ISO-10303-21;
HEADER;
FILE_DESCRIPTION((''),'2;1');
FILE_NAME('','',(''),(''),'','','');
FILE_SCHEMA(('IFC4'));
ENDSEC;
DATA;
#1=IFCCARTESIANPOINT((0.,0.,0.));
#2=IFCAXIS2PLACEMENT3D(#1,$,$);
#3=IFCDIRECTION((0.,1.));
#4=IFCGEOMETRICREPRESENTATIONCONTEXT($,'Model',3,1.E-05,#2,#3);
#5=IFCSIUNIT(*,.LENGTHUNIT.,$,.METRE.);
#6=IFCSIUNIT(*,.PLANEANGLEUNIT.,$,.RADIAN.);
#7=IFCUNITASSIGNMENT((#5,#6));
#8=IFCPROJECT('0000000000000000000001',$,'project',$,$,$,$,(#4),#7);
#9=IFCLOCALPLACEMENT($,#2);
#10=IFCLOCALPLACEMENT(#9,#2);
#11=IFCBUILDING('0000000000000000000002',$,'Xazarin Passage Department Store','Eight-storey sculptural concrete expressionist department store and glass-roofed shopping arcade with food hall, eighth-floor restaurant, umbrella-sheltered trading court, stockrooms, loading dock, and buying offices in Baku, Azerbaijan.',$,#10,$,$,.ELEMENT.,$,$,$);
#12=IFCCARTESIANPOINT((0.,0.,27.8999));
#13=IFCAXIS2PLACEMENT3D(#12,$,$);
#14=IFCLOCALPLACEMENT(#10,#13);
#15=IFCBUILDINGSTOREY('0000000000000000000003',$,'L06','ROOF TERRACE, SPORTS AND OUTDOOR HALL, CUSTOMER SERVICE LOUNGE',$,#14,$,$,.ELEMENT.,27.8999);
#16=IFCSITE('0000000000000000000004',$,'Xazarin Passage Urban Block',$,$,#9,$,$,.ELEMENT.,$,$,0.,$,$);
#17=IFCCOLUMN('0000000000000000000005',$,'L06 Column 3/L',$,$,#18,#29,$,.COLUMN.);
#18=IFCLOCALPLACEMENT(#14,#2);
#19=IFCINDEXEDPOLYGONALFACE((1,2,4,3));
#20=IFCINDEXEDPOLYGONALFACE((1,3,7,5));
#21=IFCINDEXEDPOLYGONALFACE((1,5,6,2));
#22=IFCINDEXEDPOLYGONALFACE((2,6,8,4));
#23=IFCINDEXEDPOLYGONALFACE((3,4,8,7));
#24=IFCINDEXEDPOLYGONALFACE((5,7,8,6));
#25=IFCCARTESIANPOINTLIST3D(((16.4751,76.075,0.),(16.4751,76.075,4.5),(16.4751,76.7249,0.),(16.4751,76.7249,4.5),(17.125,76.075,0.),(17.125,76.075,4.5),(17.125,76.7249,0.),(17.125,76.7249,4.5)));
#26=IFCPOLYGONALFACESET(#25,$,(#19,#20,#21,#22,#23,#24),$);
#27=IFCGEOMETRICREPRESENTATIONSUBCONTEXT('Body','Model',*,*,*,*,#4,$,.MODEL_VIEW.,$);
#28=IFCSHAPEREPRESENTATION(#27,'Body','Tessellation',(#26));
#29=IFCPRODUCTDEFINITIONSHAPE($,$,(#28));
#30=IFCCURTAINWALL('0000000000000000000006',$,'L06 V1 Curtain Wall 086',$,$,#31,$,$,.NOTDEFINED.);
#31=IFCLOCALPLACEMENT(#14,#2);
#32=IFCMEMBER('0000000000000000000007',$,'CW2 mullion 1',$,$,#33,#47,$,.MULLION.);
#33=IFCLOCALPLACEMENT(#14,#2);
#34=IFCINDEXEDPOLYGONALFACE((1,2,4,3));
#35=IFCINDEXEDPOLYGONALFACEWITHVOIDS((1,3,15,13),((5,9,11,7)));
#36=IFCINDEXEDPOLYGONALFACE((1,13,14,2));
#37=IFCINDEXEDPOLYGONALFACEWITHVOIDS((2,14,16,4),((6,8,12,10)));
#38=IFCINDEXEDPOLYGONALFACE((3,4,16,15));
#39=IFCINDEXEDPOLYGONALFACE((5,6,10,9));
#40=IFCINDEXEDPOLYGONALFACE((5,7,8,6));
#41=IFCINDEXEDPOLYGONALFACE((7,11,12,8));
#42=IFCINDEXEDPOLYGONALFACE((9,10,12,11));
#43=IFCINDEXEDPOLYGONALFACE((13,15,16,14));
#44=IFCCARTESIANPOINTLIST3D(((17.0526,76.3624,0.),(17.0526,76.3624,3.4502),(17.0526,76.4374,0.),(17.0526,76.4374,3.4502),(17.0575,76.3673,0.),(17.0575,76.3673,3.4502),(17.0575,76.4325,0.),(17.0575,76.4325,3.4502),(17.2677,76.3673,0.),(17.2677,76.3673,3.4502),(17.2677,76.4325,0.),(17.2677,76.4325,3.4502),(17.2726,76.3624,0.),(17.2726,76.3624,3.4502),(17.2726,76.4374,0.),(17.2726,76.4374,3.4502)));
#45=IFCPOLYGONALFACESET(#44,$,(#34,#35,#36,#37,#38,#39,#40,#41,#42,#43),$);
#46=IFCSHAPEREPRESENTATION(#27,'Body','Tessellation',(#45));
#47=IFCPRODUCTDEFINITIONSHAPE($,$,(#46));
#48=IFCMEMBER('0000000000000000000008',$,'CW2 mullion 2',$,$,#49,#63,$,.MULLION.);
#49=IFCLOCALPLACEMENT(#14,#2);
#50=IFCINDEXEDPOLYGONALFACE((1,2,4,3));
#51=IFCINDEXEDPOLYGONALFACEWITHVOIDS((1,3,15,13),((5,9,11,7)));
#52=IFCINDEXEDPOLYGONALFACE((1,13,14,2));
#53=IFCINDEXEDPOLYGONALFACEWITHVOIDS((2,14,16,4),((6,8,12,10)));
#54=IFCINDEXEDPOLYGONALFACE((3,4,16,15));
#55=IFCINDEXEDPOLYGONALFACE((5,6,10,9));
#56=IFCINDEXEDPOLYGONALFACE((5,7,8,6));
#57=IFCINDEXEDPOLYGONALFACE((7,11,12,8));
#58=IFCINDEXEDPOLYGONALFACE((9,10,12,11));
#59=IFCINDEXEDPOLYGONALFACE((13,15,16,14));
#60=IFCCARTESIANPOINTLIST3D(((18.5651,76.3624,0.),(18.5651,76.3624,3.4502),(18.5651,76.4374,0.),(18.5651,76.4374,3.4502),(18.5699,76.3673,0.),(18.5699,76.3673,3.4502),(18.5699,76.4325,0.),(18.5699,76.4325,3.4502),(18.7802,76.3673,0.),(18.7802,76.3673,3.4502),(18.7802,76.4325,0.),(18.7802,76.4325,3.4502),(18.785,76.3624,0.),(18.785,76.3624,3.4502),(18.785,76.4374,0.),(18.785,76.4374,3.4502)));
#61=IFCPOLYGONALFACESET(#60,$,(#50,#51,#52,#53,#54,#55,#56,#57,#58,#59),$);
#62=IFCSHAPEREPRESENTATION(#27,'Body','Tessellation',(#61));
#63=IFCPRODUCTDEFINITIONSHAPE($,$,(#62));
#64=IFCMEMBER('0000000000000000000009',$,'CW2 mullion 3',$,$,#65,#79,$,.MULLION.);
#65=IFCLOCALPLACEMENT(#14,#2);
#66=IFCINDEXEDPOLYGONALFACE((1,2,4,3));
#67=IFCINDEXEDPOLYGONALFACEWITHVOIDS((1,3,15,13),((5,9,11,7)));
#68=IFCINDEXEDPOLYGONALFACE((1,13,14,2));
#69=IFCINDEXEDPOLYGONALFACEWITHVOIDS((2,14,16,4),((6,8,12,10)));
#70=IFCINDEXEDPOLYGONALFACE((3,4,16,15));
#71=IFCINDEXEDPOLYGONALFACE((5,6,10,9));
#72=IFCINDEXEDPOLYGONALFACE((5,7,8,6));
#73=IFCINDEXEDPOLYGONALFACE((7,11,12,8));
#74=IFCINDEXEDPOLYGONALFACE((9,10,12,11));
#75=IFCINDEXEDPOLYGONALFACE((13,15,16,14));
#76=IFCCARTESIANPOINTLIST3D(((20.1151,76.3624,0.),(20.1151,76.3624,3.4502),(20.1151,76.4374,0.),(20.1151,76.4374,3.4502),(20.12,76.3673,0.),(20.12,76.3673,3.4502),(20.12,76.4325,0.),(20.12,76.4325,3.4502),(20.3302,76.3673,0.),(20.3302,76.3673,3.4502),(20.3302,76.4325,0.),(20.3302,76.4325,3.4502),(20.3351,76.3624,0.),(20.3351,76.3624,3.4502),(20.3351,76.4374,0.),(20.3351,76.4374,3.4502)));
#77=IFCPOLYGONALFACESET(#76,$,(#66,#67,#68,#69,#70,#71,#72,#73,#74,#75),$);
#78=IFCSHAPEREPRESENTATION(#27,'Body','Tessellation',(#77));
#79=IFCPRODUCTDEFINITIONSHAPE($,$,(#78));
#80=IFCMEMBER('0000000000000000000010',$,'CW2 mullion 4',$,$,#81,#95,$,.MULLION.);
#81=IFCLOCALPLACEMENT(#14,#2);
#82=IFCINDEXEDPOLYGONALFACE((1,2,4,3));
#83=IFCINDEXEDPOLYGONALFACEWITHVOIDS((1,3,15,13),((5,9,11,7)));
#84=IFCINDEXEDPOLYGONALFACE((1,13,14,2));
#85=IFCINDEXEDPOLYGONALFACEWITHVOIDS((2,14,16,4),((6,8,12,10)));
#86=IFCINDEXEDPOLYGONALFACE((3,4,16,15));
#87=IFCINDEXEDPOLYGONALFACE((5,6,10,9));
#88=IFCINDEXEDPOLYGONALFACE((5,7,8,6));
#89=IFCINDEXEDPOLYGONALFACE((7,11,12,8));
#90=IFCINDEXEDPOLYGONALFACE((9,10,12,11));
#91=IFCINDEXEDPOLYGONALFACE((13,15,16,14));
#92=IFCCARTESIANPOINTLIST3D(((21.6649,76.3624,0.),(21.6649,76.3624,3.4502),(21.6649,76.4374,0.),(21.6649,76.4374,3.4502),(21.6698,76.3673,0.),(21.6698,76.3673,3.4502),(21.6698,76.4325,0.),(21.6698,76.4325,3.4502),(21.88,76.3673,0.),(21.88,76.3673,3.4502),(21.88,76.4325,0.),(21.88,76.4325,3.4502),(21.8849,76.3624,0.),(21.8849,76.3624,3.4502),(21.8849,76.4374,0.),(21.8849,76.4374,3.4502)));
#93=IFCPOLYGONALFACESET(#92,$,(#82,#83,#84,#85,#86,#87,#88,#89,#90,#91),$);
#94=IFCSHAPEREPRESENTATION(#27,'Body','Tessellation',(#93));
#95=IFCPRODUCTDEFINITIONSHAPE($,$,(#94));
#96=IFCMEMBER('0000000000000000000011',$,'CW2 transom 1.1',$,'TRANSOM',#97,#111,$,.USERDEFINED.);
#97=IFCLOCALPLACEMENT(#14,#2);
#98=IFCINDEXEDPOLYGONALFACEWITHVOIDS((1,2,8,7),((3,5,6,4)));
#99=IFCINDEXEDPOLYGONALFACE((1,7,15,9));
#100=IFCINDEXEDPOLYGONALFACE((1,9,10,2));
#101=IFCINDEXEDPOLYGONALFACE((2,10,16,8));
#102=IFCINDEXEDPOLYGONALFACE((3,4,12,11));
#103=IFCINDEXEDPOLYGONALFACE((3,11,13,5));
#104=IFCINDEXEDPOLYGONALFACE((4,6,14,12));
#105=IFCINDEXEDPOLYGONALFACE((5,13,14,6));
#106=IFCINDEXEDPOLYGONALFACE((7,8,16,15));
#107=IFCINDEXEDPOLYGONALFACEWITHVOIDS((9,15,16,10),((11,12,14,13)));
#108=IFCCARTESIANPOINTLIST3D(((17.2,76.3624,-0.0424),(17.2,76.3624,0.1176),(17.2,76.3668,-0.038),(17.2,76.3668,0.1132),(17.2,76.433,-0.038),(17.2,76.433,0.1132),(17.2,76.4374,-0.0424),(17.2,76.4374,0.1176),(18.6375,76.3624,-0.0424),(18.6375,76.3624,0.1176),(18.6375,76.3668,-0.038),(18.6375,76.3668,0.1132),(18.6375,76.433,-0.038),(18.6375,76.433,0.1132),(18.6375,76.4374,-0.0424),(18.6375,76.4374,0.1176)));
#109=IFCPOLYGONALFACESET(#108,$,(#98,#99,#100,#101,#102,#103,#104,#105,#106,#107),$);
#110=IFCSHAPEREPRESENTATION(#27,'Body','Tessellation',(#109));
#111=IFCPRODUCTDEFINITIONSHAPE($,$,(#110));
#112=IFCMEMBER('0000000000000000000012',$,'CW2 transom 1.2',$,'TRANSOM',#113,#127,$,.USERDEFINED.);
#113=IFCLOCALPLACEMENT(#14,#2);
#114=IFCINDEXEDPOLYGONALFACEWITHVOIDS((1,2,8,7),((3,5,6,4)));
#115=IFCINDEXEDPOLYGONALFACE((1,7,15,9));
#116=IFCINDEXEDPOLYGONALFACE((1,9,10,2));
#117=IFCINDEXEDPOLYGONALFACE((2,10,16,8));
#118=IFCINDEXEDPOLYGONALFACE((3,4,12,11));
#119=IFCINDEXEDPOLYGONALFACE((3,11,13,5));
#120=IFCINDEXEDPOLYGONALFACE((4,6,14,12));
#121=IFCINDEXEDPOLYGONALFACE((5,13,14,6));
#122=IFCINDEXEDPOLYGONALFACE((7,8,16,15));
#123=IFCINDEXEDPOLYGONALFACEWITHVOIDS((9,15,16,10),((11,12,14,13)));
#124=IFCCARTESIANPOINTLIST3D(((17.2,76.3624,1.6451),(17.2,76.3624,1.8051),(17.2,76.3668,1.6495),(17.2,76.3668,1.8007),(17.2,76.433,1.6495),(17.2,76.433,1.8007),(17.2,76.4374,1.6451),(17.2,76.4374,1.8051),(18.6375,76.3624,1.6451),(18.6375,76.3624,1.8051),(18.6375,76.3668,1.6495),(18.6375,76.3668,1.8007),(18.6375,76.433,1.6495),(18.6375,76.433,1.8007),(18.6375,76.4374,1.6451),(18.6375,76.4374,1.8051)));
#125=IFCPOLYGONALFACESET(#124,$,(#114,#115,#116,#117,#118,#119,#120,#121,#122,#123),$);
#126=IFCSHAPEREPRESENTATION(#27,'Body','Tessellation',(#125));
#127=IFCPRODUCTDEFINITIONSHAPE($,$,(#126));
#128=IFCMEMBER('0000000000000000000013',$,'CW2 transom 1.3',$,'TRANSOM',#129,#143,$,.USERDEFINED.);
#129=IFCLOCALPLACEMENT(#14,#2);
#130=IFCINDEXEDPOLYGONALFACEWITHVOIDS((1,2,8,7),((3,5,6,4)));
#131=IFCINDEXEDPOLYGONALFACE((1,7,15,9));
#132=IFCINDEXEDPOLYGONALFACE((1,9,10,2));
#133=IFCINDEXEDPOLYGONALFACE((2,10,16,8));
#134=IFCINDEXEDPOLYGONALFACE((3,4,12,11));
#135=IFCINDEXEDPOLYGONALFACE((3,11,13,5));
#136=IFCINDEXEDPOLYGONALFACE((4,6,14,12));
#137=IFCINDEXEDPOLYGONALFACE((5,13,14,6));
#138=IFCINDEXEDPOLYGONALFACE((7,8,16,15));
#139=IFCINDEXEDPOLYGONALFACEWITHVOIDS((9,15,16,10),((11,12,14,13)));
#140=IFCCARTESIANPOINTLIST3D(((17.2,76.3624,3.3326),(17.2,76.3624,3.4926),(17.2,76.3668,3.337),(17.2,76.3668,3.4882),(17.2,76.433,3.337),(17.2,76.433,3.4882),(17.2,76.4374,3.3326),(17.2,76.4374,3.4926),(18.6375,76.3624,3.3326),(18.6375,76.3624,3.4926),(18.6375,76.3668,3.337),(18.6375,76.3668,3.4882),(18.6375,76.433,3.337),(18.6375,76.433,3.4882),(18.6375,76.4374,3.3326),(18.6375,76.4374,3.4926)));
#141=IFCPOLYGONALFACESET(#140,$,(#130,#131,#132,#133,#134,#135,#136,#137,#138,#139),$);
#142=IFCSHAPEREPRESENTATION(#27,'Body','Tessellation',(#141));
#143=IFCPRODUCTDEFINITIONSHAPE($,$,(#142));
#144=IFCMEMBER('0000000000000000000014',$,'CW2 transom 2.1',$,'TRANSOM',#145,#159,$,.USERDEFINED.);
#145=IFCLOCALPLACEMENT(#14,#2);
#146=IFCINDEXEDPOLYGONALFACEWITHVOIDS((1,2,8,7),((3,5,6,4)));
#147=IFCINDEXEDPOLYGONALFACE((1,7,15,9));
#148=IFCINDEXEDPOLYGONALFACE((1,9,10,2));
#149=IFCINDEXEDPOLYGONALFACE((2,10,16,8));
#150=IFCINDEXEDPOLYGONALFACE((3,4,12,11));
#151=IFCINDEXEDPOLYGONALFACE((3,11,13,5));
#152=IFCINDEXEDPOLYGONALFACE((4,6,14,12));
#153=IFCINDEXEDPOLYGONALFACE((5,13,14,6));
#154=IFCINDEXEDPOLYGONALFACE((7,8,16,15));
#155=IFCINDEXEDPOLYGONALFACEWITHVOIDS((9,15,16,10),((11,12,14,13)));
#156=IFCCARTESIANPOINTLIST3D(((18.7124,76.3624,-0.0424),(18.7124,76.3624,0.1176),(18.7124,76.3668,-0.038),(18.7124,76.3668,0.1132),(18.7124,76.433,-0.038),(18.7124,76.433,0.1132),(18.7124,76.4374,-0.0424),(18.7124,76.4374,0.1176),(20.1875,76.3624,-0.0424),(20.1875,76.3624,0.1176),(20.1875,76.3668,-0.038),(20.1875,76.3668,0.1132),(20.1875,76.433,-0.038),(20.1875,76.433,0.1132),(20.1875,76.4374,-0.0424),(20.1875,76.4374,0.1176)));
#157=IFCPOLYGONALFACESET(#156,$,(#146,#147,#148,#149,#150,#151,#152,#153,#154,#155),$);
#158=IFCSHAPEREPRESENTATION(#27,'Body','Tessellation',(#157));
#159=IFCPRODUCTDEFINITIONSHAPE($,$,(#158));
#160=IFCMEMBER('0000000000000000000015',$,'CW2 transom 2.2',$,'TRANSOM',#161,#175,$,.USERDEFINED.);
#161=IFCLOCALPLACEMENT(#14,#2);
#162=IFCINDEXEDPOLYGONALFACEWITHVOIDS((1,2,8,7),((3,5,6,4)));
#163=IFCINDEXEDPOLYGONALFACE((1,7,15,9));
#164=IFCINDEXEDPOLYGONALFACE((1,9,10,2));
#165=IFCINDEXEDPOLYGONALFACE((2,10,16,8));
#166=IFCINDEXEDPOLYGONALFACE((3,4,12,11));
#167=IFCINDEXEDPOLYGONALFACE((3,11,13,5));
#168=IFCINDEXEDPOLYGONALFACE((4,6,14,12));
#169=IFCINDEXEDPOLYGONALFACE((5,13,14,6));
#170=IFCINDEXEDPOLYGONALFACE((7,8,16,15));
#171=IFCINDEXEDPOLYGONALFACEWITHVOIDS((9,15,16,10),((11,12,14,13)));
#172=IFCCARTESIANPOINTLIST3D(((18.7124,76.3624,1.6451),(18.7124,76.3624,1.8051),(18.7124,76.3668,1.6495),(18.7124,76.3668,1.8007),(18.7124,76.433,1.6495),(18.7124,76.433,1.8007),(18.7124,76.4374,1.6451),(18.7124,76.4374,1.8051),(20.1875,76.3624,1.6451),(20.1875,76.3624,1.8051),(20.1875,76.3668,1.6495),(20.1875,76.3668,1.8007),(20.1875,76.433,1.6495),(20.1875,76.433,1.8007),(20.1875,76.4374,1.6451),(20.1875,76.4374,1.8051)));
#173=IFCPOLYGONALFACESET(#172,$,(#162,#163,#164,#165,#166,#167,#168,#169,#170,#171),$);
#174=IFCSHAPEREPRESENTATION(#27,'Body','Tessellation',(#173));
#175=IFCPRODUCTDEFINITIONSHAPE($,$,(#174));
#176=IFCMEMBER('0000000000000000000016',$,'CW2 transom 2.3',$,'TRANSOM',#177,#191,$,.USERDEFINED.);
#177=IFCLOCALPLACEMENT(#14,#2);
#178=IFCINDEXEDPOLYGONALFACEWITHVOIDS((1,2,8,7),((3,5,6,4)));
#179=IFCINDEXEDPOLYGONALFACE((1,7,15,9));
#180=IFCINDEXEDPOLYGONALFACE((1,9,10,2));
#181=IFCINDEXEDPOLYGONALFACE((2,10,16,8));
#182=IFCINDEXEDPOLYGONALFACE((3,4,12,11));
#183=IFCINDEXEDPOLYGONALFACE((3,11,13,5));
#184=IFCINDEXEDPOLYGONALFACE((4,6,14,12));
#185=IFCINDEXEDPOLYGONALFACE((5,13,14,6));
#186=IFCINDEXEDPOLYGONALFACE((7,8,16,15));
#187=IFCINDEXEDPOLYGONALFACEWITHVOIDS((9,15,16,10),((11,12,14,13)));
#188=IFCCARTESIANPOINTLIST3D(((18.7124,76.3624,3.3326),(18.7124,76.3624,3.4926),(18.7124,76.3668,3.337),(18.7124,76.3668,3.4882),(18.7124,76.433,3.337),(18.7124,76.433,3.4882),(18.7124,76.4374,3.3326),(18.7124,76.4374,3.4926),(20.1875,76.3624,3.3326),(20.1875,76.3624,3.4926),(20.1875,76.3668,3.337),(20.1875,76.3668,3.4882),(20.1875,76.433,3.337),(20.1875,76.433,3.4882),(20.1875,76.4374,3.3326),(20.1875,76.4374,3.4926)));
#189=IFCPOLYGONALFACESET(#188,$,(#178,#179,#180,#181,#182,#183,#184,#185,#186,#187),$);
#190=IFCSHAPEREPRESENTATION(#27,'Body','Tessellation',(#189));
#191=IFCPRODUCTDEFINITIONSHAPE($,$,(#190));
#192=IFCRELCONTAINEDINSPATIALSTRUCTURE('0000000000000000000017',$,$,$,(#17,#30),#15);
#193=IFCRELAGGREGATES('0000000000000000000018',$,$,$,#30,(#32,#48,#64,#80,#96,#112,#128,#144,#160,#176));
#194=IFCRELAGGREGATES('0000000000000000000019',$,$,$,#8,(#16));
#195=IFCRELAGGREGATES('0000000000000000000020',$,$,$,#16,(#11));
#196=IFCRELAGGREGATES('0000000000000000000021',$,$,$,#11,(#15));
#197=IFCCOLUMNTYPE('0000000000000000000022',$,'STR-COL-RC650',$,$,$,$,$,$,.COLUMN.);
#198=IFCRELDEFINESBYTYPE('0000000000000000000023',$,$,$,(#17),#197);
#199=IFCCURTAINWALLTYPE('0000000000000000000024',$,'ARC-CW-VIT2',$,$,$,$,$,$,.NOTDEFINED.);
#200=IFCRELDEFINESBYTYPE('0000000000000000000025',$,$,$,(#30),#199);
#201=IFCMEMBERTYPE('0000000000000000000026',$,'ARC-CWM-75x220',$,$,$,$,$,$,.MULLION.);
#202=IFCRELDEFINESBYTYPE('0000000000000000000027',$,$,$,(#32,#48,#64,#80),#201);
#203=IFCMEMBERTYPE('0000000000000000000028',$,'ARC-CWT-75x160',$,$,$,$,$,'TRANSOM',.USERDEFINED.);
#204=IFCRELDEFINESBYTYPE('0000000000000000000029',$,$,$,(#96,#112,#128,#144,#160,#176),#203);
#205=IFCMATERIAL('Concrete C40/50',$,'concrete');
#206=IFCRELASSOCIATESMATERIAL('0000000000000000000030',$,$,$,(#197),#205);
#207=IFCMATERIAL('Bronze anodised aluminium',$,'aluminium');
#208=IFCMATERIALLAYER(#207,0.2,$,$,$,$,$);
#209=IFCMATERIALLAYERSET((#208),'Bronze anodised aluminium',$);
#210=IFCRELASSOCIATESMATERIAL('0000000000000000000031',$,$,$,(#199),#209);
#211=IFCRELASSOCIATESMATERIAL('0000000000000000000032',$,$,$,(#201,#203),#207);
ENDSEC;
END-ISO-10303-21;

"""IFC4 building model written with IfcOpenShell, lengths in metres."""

from ifc_helpers import new_model, si_unit, direction, frame, origin, origin_2d, place, context, subcontext, project, spatial, rectangle, hollow_rectangle, extrude, material, layer, layer_set, material_profile, profile_set, type_object, element, aggregate, save


model = new_model("IFC4")

# Units and contexts
model_context = context("Model", 3, precision=1e-05, world=origin(), true_north=direction((0.0, 1.0)))
body_context = subcontext(model_context, "Body", "Model", "MODEL_VIEW")
ifc_project = project(units=[si_unit("LENGTHUNIT", "METRE"), si_unit("PLANEANGLEUNIT", "RADIAN")], contexts=[model_context])

# Site, building, storey
site_placement = place(None, origin())
site = spatial("IfcSite", under=ifc_project, at=site_placement, Name="Xazarin Passage Urban Block", CompositionType="ELEMENT", RefElevation=0.0)
building_placement = place(site_placement, origin())
building = spatial("IfcBuilding", under=site, at=building_placement, Name="Xazarin Passage Department Store", Description="Eight-storey sculptural concrete expressionist department store and glass-roofed shopping arcade with food hall, eighth-floor restaurant, umbrella-sheltered trading court, stockrooms, loading dock, and buying offices in Baku, Azerbaijan.", CompositionType="ELEMENT")
storey_placement = place(building_placement, frame((0.0, 0.0, 27.8999)))
storey = spatial("IfcBuildingStorey", under=building, at=storey_placement, Name="L06", Description="ROOF TERRACE, SPORTS AND OUTDOOR HALL, CUSTOMER SERVICE LOUNGE", CompositionType="ELEMENT", Elevation=27.8999)

# Column
ifc_material_1 = material(Name="Concrete C40/50", Category="concrete")
ifc_material_profile_1 = material_profile(ifc_material_1, rectangle(XDim=0.6499, YDim=0.6499, at=origin_2d()), Name="RC 650x650")
ifc_profile_set_1 = profile_set([ifc_material_profile_1], Name="Concrete C40/50")
column_type = type_object("IfcColumnType", Name="STR-COL-RC650", PredefinedType="COLUMN", material=ifc_profile_set_1)
column_placement = place(storey_placement, frame((16.8, 76.3999, 0.0), z_axis=(0.0, 0.0, 1.0), x_axis=(1.0, 0.0, 0.0)))
element("IfcColumn", 1, at=column_placement, inside=storey, type_object=column_type, Name="L06 Column 3/L", PredefinedType="COLUMN", context=body_context, shape_type="SweptSolid", body=[
    extrude(rectangle(XDim=0.6499, YDim=0.6499, at=origin_2d()), origin(), (0.0, 0.0, 1.0), 4.5),
])

# Curtain wall, members
ifc_material_2 = material(Name="Bronze anodised aluminium", Category="aluminium")
ifc_layer_1 = layer(ifc_material_2, 0.2)
ifc_layer_set_1 = layer_set([ifc_layer_1], Name="Bronze anodised aluminium")
curtain_wall_type = type_object("IfcCurtainWallType", Name="ARC-CW-VIT2", PredefinedType="NOTDEFINED", material=ifc_layer_set_1)
curtain_wall_placement = place(storey_placement, origin())
curtain_wall = element("IfcCurtainWall", 2, at=curtain_wall_placement, inside=storey, type_object=curtain_wall_type, Name="L06 V1 Curtain Wall 086", PredefinedType="NOTDEFINED")
ifc_material_profile_2 = material_profile(ifc_material_2, hollow_rectangle(XDim=0.075, YDim=0.22, WallThickness=0.0049, at=origin_2d()), Name="ALU 75x220")
ifc_profile_set_2 = profile_set([ifc_material_profile_2], Name="Bronze anodised aluminium")
member_type_1 = type_object("IfcMemberType", Name="ARC-CWM-75x220", PredefinedType="MULLION", material=ifc_profile_set_2)
member_1_placement = place(storey_placement, frame((17.1626, 76.3999, 0.0), z_axis=(0.0, 0.0, 1.0), x_axis=(0.0, 1.0, 0.0)))
member_1 = element("IfcMember", 3, at=member_1_placement, type_object=member_type_1, Name="CW2 mullion 1", PredefinedType="MULLION", context=body_context, shape_type="SweptSolid", body=[
    extrude(hollow_rectangle(XDim=0.075, YDim=0.22, WallThickness=0.0049, at=origin_2d()), origin(), (0.0, 0.0, 1.0), 3.4502),
])
member_2_placement = place(storey_placement, frame((18.675, 76.3999, 0.0), z_axis=(0.0, 0.0, 1.0), x_axis=(0.0, 1.0, 0.0)))
member_2 = element("IfcMember", 4, at=member_2_placement, type_object=member_type_1, Name="CW2 mullion 2", PredefinedType="MULLION", context=body_context, shape_type="SweptSolid", body=[
    extrude(hollow_rectangle(XDim=0.075, YDim=0.22, WallThickness=0.0049, at=origin_2d()), origin(), (0.0, 0.0, 1.0), 3.4502),
])
member_3_placement = place(storey_placement, frame((20.2251, 76.3999, 0.0), z_axis=(0.0, 0.0, 1.0), x_axis=(0.0, 1.0, 0.0)))
member_3 = element("IfcMember", 5, at=member_3_placement, type_object=member_type_1, Name="CW2 mullion 3", PredefinedType="MULLION", context=body_context, shape_type="SweptSolid", body=[
    extrude(hollow_rectangle(XDim=0.075, YDim=0.22, WallThickness=0.0049, at=origin_2d()), origin(), (0.0, 0.0, 1.0), 3.4502),
])
member_4_placement = place(storey_placement, frame((21.7749, 76.3999, 0.0), z_axis=(0.0, 0.0, 1.0), x_axis=(0.0, 1.0, 0.0)))
member_4 = element("IfcMember", 6, at=member_4_placement, type_object=member_type_1, Name="CW2 mullion 4", PredefinedType="MULLION", context=body_context, shape_type="SweptSolid", body=[
    extrude(hollow_rectangle(XDim=0.075, YDim=0.22, WallThickness=0.0049, at=origin_2d()), origin(), (0.0, 0.0, 1.0), 3.4502),
])
ifc_material_profile_3 = material_profile(ifc_material_2, hollow_rectangle(XDim=0.075, YDim=0.1599, WallThickness=0.0044, at=origin_2d()), Name="ALU 75x160")
ifc_profile_set_3 = profile_set([ifc_material_profile_3], Name="Bronze anodised aluminium")
member_type_2 = type_object("IfcMemberType", Name="ARC-CWT-75x160", ElementType="TRANSOM", PredefinedType="USERDEFINED", material=ifc_profile_set_3)
member_5_placement = place(storey_placement, frame((17.2, 76.3999, 0.0376), z_axis=(1.0, 0.0, 0.0), x_axis=(0.0, 1.0, 0.0)))
member_5 = element("IfcMember", 7, at=member_5_placement, type_object=member_type_2, Name="CW2 transom 1.1", ObjectType="TRANSOM", PredefinedType="USERDEFINED", context=body_context, shape_type="SweptSolid", body=[
    extrude(hollow_rectangle(XDim=0.075, YDim=0.1599, WallThickness=0.0044, at=origin_2d()), origin(), (0.0, 0.0, 1.0), 1.4375),
])
member_6_placement = place(storey_placement, frame((17.2, 76.3999, 1.7251), z_axis=(1.0, 0.0, 0.0), x_axis=(0.0, 1.0, 0.0)))
member_6 = element("IfcMember", 8, at=member_6_placement, type_object=member_type_2, Name="CW2 transom 1.2", ObjectType="TRANSOM", PredefinedType="USERDEFINED", context=body_context, shape_type="SweptSolid", body=[
    extrude(hollow_rectangle(XDim=0.075, YDim=0.1599, WallThickness=0.0044, at=origin_2d()), origin(), (0.0, 0.0, 1.0), 1.4375),
])
member_7_placement = place(storey_placement, frame((17.2, 76.3999, 3.4126), z_axis=(1.0, 0.0, 0.0), x_axis=(0.0, 1.0, 0.0)))
member_7 = element("IfcMember", 9, at=member_7_placement, type_object=member_type_2, Name="CW2 transom 1.3", ObjectType="TRANSOM", PredefinedType="USERDEFINED", context=body_context, shape_type="SweptSolid", body=[
    extrude(hollow_rectangle(XDim=0.075, YDim=0.1599, WallThickness=0.0044, at=origin_2d()), origin(), (0.0, 0.0, 1.0), 1.4375),
])
member_8_placement = place(storey_placement, frame((18.7124, 76.3999, 0.0376), z_axis=(1.0, 0.0, 0.0), x_axis=(0.0, 1.0, 0.0)))
member_8 = element("IfcMember", 10, at=member_8_placement, type_object=member_type_2, Name="CW2 transom 2.1", ObjectType="TRANSOM", PredefinedType="USERDEFINED", context=body_context, shape_type="SweptSolid", body=[
    extrude(hollow_rectangle(XDim=0.075, YDim=0.1599, WallThickness=0.0044, at=origin_2d()), origin(), (0.0, 0.0, 1.0), 1.4751),
])
member_9_placement = place(storey_placement, frame((18.7124, 76.3999, 1.7251), z_axis=(1.0, 0.0, 0.0), x_axis=(0.0, 1.0, 0.0)))
member_9 = element("IfcMember", 11, at=member_9_placement, type_object=member_type_2, Name="CW2 transom 2.2", ObjectType="TRANSOM", PredefinedType="USERDEFINED", context=body_context, shape_type="SweptSolid", body=[
    extrude(hollow_rectangle(XDim=0.075, YDim=0.1599, WallThickness=0.0044, at=origin_2d()), origin(), (0.0, 0.0, 1.0), 1.4751),
])
member_10_placement = place(storey_placement, frame((18.7124, 76.3999, 3.4126), z_axis=(1.0, 0.0, 0.0), x_axis=(0.0, 1.0, 0.0)))
member_10 = element("IfcMember", 12, at=member_10_placement, type_object=member_type_2, Name="CW2 transom 2.3", ObjectType="TRANSOM", PredefinedType="USERDEFINED", context=body_context, shape_type="SweptSolid", body=[
    extrude(hollow_rectangle(XDim=0.075, YDim=0.1599, WallThickness=0.0044, at=origin_2d()), origin(), (0.0, 0.0, 1.0), 1.4751),
])

aggregate(curtain_wall, [member_1, member_2, member_3, member_4, member_5, member_6, member_7, member_8, member_9, member_10])

save(model, "model.ifc")
